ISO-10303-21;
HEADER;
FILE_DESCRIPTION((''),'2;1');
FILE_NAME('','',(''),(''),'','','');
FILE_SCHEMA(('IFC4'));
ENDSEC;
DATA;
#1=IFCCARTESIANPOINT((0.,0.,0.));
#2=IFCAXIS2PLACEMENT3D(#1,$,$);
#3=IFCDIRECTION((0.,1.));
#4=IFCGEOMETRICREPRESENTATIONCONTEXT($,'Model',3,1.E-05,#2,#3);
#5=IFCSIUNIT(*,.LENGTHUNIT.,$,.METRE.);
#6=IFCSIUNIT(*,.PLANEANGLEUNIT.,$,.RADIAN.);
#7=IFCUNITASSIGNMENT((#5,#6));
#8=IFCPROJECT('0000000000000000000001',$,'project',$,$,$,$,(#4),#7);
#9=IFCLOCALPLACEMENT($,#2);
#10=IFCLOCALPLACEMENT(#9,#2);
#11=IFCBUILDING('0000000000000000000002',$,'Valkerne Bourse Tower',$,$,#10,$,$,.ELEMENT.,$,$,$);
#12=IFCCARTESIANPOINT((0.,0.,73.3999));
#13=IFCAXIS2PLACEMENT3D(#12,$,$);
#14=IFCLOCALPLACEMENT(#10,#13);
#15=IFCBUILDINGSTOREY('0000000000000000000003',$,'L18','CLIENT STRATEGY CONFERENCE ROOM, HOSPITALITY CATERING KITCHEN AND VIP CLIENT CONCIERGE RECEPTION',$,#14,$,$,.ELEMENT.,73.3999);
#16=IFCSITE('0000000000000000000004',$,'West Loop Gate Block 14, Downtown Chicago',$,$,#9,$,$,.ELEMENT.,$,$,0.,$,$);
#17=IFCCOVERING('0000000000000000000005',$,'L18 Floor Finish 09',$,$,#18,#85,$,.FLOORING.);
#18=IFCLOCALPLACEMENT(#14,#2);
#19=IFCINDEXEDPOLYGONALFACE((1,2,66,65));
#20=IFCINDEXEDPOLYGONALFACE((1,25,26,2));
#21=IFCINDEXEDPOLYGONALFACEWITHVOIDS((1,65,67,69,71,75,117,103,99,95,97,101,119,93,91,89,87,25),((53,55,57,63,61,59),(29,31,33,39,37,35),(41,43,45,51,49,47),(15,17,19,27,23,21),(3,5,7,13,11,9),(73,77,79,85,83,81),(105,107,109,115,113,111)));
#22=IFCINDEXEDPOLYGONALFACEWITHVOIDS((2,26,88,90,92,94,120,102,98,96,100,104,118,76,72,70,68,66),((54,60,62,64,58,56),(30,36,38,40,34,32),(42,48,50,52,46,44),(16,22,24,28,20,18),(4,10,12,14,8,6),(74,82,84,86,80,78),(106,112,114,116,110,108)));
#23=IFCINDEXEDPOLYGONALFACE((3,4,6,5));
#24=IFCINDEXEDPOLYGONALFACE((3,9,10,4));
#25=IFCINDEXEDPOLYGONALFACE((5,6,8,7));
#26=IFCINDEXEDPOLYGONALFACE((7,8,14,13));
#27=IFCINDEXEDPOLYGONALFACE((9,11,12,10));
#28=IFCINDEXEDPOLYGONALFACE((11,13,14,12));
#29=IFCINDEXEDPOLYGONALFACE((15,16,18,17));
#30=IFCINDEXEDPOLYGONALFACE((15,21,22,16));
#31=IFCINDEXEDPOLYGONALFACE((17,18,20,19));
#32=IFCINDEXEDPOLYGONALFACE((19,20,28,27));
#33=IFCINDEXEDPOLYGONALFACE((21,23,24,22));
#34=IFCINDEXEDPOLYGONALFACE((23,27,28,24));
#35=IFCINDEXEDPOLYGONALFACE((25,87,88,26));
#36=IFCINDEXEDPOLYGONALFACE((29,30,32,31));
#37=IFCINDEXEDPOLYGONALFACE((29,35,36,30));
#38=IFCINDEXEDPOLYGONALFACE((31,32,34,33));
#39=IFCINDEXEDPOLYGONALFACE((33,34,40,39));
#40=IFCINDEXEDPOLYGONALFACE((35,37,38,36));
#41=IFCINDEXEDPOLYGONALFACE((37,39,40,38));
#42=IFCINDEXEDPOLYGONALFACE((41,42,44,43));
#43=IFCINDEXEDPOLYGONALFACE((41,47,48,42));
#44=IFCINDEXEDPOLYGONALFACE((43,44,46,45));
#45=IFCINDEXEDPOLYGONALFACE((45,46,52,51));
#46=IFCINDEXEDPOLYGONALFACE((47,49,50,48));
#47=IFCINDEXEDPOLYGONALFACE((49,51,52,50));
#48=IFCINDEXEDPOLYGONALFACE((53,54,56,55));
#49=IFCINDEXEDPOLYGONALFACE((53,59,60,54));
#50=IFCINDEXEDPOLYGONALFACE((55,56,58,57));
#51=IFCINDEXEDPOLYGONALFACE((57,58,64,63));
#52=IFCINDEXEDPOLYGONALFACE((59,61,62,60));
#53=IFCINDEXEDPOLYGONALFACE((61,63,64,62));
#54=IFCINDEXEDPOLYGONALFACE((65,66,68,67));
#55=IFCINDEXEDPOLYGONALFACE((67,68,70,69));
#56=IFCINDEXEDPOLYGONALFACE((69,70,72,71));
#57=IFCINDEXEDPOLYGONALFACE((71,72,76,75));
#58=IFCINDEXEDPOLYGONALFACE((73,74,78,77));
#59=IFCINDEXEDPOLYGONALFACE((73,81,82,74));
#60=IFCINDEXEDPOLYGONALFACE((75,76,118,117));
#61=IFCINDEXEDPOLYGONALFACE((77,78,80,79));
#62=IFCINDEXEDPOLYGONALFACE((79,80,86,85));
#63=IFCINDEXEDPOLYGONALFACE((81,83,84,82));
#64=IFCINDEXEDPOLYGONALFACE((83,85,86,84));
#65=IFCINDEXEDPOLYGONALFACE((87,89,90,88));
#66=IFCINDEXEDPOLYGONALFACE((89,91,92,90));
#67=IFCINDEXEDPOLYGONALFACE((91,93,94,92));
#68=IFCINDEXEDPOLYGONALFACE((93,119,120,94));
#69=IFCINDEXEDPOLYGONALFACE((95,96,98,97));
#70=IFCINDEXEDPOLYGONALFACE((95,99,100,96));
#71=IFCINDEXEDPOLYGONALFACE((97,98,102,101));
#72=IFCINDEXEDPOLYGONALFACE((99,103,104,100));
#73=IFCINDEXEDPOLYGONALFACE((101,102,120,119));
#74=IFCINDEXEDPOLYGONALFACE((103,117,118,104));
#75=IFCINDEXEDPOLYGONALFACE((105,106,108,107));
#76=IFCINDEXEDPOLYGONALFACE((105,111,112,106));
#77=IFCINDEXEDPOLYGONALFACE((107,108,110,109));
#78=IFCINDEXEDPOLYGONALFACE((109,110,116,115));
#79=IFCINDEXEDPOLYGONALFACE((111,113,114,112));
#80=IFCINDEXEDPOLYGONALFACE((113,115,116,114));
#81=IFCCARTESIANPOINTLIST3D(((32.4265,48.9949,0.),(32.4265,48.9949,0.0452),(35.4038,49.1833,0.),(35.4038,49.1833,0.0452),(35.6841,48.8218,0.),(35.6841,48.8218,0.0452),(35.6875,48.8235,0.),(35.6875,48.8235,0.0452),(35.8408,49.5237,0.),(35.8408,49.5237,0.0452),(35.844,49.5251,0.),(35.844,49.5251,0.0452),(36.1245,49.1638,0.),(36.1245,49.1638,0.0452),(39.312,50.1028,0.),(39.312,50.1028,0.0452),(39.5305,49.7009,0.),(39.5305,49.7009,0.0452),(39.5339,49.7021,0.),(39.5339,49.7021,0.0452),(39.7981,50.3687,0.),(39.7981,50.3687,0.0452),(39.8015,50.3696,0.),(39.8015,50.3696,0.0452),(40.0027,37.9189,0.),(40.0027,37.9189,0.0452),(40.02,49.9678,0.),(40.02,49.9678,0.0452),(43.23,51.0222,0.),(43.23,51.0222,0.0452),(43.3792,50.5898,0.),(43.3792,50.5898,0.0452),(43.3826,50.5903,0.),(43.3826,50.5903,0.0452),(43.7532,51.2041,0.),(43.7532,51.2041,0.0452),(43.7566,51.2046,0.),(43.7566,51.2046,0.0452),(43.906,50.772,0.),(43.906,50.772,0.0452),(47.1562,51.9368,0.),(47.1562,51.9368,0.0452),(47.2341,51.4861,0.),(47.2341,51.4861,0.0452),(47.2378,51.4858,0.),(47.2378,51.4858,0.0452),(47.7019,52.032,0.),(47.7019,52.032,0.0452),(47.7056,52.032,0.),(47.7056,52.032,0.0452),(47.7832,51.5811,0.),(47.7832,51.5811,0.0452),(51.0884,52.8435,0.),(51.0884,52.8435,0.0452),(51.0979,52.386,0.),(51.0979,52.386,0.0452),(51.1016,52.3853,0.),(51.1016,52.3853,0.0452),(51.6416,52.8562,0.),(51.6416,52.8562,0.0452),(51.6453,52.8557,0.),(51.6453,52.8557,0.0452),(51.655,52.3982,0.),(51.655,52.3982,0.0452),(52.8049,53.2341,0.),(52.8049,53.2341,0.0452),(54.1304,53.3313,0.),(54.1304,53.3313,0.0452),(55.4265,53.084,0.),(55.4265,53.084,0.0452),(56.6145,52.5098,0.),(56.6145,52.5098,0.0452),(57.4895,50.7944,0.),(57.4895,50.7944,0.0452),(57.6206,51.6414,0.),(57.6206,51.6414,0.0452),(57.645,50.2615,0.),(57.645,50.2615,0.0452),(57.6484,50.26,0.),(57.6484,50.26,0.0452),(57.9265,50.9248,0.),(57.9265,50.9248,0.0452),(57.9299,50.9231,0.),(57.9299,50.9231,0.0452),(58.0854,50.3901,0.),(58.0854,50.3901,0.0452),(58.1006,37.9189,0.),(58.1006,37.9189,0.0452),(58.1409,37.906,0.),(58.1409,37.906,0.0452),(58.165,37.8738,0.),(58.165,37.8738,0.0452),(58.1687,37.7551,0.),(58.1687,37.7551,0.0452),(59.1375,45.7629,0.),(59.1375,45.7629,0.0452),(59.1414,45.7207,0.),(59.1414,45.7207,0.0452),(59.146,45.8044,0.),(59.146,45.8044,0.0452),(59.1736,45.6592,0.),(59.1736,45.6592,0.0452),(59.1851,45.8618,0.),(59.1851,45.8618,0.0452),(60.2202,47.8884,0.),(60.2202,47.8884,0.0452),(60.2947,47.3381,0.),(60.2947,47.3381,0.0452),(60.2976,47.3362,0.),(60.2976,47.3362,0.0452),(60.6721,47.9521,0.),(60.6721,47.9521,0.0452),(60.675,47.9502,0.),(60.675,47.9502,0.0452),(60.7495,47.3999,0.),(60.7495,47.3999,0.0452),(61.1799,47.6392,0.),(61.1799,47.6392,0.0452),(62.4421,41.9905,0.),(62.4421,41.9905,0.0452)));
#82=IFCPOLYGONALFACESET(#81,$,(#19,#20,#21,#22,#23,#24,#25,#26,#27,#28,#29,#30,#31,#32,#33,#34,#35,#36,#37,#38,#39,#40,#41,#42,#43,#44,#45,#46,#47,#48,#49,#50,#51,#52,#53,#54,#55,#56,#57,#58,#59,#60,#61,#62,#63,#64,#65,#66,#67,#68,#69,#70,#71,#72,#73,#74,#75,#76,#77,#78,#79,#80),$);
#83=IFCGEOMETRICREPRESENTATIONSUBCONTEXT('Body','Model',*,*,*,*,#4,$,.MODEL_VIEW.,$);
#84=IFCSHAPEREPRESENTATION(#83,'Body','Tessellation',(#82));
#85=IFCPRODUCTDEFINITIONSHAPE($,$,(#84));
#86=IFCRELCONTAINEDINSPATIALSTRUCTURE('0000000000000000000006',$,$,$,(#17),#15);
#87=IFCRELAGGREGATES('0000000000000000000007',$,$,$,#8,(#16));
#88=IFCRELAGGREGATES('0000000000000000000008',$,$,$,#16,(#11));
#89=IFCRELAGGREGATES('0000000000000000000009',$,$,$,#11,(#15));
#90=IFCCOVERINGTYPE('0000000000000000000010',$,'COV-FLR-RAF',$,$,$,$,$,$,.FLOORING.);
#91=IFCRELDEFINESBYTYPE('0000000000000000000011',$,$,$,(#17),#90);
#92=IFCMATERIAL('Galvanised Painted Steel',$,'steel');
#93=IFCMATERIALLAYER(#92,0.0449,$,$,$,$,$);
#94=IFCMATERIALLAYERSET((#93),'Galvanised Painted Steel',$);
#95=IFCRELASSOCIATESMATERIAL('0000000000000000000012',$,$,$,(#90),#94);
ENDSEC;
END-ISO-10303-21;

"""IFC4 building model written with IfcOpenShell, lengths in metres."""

from ifc_helpers import new_model, si_unit, direction, frame, origin, place, context, subcontext, project, spatial, polyline, outline, extrude, material, layer, layer_set, type_object, element, save


model = new_model("IFC4")

# Units and contexts
model_context = context("Model", 3, precision=1e-05, world=origin(), true_north=direction((0.0, 1.0)))
body_context = subcontext(model_context, "Body", "Model", "MODEL_VIEW")
ifc_project = project(units=[si_unit("LENGTHUNIT", "METRE"), si_unit("PLANEANGLEUNIT", "RADIAN")], contexts=[model_context])

# Site, building, storey
site_placement = place(None, origin())
site = spatial("IfcSite", under=ifc_project, at=site_placement, Name="West Loop Gate Block 14, Downtown Chicago", CompositionType="ELEMENT", RefElevation=0.0)
building_placement = place(site_placement, origin())
building = spatial("IfcBuilding", under=site, at=building_placement, Name="Valkerne Bourse Tower", CompositionType="ELEMENT")
storey_placement = place(building_placement, frame((0.0, 0.0, 73.3999)))
storey = spatial("IfcBuildingStorey", under=building, at=storey_placement, Name="L18", Description="CLIENT STRATEGY CONFERENCE ROOM, HOSPITALITY CATERING KITCHEN AND VIP CLIENT CONCIERGE RECEPTION", CompositionType="ELEMENT", Elevation=73.3999)

# Covering
ifc_material_1 = material(Name="Galvanised Painted Steel", Category="steel")
ifc_layer_1 = layer(ifc_material_1, 0.0449)
ifc_layer_set_1 = layer_set([ifc_layer_1], Name="Galvanised Painted Steel")
covering_type_1 = type_object("IfcCoveringType", Name="COV-FLR-RAF", PredefinedType="FLOORING", material=ifc_layer_set_1)
covering_1_placement = place(storey_placement, origin())
element("IfcCovering", 1, at=covering_1_placement, inside=storey, type_object=covering_type_1, Name="L18 Floor Finish 09", PredefinedType="FLOORING", context=body_context, shape_type="SweptSolid", body=[
    extrude(outline(polyline([(55.4265, 53.084), (56.6145, 52.5098), (57.6206, 51.6414), (61.1799, 47.6392), (59.1851, 45.8618), (59.146, 45.8044), (59.1375, 45.7629), (59.1414, 45.7207), (59.1736, 45.6592), (62.4421, 41.9905), (58.1687, 37.7551), (58.165, 37.8738), (58.1409, 37.906), (58.1006, 37.9189), (40.0027, 37.9189), (32.4265, 48.9949), (52.8049, 53.2341), (54.1304, 53.3313), (55.4265, 53.084)]), holes=[polyline([(35.6875, 48.8235), (36.1245, 49.1638), (35.844, 49.5251), (35.8408, 49.5237), (35.4038, 49.1833), (35.6841, 48.8218), (35.6875, 48.8235)]), polyline([(39.5339, 49.7021), (40.02, 49.9678), (39.8015, 50.3696), (39.7981, 50.3687), (39.312, 50.1028), (39.5305, 49.7009), (39.5339, 49.7021)]), polyline([(43.906, 50.772), (43.7566, 51.2046), (43.7532, 51.2041), (43.23, 51.0222), (43.3792, 50.5898), (43.3826, 50.5903), (43.906, 50.772)]), polyline([(47.7832, 51.5811), (47.7056, 52.032), (47.7019, 52.032), (47.1562, 51.9368), (47.2341, 51.4861), (47.2378, 51.4858), (47.7832, 51.5811)]), polyline([(51.655, 52.3982), (51.6453, 52.8557), (51.6416, 52.8562), (51.0884, 52.8435), (51.0979, 52.386), (51.1016, 52.3853), (51.655, 52.3982)]), polyline([(60.675, 47.9502), (60.6721, 47.9521), (60.2202, 47.8884), (60.2947, 47.3381), (60.2976, 47.3362), (60.7495, 47.3999), (60.675, 47.9502)]), polyline([(58.0854, 50.3901), (57.9299, 50.9231), (57.9265, 50.9248), (57.4895, 50.7944), (57.645, 50.2615), (57.6484, 50.26), (58.0854, 50.3901)])]), origin(), (0.0, 0.0, 1.0), 0.0452),
])

save(model, "model.ifc")
